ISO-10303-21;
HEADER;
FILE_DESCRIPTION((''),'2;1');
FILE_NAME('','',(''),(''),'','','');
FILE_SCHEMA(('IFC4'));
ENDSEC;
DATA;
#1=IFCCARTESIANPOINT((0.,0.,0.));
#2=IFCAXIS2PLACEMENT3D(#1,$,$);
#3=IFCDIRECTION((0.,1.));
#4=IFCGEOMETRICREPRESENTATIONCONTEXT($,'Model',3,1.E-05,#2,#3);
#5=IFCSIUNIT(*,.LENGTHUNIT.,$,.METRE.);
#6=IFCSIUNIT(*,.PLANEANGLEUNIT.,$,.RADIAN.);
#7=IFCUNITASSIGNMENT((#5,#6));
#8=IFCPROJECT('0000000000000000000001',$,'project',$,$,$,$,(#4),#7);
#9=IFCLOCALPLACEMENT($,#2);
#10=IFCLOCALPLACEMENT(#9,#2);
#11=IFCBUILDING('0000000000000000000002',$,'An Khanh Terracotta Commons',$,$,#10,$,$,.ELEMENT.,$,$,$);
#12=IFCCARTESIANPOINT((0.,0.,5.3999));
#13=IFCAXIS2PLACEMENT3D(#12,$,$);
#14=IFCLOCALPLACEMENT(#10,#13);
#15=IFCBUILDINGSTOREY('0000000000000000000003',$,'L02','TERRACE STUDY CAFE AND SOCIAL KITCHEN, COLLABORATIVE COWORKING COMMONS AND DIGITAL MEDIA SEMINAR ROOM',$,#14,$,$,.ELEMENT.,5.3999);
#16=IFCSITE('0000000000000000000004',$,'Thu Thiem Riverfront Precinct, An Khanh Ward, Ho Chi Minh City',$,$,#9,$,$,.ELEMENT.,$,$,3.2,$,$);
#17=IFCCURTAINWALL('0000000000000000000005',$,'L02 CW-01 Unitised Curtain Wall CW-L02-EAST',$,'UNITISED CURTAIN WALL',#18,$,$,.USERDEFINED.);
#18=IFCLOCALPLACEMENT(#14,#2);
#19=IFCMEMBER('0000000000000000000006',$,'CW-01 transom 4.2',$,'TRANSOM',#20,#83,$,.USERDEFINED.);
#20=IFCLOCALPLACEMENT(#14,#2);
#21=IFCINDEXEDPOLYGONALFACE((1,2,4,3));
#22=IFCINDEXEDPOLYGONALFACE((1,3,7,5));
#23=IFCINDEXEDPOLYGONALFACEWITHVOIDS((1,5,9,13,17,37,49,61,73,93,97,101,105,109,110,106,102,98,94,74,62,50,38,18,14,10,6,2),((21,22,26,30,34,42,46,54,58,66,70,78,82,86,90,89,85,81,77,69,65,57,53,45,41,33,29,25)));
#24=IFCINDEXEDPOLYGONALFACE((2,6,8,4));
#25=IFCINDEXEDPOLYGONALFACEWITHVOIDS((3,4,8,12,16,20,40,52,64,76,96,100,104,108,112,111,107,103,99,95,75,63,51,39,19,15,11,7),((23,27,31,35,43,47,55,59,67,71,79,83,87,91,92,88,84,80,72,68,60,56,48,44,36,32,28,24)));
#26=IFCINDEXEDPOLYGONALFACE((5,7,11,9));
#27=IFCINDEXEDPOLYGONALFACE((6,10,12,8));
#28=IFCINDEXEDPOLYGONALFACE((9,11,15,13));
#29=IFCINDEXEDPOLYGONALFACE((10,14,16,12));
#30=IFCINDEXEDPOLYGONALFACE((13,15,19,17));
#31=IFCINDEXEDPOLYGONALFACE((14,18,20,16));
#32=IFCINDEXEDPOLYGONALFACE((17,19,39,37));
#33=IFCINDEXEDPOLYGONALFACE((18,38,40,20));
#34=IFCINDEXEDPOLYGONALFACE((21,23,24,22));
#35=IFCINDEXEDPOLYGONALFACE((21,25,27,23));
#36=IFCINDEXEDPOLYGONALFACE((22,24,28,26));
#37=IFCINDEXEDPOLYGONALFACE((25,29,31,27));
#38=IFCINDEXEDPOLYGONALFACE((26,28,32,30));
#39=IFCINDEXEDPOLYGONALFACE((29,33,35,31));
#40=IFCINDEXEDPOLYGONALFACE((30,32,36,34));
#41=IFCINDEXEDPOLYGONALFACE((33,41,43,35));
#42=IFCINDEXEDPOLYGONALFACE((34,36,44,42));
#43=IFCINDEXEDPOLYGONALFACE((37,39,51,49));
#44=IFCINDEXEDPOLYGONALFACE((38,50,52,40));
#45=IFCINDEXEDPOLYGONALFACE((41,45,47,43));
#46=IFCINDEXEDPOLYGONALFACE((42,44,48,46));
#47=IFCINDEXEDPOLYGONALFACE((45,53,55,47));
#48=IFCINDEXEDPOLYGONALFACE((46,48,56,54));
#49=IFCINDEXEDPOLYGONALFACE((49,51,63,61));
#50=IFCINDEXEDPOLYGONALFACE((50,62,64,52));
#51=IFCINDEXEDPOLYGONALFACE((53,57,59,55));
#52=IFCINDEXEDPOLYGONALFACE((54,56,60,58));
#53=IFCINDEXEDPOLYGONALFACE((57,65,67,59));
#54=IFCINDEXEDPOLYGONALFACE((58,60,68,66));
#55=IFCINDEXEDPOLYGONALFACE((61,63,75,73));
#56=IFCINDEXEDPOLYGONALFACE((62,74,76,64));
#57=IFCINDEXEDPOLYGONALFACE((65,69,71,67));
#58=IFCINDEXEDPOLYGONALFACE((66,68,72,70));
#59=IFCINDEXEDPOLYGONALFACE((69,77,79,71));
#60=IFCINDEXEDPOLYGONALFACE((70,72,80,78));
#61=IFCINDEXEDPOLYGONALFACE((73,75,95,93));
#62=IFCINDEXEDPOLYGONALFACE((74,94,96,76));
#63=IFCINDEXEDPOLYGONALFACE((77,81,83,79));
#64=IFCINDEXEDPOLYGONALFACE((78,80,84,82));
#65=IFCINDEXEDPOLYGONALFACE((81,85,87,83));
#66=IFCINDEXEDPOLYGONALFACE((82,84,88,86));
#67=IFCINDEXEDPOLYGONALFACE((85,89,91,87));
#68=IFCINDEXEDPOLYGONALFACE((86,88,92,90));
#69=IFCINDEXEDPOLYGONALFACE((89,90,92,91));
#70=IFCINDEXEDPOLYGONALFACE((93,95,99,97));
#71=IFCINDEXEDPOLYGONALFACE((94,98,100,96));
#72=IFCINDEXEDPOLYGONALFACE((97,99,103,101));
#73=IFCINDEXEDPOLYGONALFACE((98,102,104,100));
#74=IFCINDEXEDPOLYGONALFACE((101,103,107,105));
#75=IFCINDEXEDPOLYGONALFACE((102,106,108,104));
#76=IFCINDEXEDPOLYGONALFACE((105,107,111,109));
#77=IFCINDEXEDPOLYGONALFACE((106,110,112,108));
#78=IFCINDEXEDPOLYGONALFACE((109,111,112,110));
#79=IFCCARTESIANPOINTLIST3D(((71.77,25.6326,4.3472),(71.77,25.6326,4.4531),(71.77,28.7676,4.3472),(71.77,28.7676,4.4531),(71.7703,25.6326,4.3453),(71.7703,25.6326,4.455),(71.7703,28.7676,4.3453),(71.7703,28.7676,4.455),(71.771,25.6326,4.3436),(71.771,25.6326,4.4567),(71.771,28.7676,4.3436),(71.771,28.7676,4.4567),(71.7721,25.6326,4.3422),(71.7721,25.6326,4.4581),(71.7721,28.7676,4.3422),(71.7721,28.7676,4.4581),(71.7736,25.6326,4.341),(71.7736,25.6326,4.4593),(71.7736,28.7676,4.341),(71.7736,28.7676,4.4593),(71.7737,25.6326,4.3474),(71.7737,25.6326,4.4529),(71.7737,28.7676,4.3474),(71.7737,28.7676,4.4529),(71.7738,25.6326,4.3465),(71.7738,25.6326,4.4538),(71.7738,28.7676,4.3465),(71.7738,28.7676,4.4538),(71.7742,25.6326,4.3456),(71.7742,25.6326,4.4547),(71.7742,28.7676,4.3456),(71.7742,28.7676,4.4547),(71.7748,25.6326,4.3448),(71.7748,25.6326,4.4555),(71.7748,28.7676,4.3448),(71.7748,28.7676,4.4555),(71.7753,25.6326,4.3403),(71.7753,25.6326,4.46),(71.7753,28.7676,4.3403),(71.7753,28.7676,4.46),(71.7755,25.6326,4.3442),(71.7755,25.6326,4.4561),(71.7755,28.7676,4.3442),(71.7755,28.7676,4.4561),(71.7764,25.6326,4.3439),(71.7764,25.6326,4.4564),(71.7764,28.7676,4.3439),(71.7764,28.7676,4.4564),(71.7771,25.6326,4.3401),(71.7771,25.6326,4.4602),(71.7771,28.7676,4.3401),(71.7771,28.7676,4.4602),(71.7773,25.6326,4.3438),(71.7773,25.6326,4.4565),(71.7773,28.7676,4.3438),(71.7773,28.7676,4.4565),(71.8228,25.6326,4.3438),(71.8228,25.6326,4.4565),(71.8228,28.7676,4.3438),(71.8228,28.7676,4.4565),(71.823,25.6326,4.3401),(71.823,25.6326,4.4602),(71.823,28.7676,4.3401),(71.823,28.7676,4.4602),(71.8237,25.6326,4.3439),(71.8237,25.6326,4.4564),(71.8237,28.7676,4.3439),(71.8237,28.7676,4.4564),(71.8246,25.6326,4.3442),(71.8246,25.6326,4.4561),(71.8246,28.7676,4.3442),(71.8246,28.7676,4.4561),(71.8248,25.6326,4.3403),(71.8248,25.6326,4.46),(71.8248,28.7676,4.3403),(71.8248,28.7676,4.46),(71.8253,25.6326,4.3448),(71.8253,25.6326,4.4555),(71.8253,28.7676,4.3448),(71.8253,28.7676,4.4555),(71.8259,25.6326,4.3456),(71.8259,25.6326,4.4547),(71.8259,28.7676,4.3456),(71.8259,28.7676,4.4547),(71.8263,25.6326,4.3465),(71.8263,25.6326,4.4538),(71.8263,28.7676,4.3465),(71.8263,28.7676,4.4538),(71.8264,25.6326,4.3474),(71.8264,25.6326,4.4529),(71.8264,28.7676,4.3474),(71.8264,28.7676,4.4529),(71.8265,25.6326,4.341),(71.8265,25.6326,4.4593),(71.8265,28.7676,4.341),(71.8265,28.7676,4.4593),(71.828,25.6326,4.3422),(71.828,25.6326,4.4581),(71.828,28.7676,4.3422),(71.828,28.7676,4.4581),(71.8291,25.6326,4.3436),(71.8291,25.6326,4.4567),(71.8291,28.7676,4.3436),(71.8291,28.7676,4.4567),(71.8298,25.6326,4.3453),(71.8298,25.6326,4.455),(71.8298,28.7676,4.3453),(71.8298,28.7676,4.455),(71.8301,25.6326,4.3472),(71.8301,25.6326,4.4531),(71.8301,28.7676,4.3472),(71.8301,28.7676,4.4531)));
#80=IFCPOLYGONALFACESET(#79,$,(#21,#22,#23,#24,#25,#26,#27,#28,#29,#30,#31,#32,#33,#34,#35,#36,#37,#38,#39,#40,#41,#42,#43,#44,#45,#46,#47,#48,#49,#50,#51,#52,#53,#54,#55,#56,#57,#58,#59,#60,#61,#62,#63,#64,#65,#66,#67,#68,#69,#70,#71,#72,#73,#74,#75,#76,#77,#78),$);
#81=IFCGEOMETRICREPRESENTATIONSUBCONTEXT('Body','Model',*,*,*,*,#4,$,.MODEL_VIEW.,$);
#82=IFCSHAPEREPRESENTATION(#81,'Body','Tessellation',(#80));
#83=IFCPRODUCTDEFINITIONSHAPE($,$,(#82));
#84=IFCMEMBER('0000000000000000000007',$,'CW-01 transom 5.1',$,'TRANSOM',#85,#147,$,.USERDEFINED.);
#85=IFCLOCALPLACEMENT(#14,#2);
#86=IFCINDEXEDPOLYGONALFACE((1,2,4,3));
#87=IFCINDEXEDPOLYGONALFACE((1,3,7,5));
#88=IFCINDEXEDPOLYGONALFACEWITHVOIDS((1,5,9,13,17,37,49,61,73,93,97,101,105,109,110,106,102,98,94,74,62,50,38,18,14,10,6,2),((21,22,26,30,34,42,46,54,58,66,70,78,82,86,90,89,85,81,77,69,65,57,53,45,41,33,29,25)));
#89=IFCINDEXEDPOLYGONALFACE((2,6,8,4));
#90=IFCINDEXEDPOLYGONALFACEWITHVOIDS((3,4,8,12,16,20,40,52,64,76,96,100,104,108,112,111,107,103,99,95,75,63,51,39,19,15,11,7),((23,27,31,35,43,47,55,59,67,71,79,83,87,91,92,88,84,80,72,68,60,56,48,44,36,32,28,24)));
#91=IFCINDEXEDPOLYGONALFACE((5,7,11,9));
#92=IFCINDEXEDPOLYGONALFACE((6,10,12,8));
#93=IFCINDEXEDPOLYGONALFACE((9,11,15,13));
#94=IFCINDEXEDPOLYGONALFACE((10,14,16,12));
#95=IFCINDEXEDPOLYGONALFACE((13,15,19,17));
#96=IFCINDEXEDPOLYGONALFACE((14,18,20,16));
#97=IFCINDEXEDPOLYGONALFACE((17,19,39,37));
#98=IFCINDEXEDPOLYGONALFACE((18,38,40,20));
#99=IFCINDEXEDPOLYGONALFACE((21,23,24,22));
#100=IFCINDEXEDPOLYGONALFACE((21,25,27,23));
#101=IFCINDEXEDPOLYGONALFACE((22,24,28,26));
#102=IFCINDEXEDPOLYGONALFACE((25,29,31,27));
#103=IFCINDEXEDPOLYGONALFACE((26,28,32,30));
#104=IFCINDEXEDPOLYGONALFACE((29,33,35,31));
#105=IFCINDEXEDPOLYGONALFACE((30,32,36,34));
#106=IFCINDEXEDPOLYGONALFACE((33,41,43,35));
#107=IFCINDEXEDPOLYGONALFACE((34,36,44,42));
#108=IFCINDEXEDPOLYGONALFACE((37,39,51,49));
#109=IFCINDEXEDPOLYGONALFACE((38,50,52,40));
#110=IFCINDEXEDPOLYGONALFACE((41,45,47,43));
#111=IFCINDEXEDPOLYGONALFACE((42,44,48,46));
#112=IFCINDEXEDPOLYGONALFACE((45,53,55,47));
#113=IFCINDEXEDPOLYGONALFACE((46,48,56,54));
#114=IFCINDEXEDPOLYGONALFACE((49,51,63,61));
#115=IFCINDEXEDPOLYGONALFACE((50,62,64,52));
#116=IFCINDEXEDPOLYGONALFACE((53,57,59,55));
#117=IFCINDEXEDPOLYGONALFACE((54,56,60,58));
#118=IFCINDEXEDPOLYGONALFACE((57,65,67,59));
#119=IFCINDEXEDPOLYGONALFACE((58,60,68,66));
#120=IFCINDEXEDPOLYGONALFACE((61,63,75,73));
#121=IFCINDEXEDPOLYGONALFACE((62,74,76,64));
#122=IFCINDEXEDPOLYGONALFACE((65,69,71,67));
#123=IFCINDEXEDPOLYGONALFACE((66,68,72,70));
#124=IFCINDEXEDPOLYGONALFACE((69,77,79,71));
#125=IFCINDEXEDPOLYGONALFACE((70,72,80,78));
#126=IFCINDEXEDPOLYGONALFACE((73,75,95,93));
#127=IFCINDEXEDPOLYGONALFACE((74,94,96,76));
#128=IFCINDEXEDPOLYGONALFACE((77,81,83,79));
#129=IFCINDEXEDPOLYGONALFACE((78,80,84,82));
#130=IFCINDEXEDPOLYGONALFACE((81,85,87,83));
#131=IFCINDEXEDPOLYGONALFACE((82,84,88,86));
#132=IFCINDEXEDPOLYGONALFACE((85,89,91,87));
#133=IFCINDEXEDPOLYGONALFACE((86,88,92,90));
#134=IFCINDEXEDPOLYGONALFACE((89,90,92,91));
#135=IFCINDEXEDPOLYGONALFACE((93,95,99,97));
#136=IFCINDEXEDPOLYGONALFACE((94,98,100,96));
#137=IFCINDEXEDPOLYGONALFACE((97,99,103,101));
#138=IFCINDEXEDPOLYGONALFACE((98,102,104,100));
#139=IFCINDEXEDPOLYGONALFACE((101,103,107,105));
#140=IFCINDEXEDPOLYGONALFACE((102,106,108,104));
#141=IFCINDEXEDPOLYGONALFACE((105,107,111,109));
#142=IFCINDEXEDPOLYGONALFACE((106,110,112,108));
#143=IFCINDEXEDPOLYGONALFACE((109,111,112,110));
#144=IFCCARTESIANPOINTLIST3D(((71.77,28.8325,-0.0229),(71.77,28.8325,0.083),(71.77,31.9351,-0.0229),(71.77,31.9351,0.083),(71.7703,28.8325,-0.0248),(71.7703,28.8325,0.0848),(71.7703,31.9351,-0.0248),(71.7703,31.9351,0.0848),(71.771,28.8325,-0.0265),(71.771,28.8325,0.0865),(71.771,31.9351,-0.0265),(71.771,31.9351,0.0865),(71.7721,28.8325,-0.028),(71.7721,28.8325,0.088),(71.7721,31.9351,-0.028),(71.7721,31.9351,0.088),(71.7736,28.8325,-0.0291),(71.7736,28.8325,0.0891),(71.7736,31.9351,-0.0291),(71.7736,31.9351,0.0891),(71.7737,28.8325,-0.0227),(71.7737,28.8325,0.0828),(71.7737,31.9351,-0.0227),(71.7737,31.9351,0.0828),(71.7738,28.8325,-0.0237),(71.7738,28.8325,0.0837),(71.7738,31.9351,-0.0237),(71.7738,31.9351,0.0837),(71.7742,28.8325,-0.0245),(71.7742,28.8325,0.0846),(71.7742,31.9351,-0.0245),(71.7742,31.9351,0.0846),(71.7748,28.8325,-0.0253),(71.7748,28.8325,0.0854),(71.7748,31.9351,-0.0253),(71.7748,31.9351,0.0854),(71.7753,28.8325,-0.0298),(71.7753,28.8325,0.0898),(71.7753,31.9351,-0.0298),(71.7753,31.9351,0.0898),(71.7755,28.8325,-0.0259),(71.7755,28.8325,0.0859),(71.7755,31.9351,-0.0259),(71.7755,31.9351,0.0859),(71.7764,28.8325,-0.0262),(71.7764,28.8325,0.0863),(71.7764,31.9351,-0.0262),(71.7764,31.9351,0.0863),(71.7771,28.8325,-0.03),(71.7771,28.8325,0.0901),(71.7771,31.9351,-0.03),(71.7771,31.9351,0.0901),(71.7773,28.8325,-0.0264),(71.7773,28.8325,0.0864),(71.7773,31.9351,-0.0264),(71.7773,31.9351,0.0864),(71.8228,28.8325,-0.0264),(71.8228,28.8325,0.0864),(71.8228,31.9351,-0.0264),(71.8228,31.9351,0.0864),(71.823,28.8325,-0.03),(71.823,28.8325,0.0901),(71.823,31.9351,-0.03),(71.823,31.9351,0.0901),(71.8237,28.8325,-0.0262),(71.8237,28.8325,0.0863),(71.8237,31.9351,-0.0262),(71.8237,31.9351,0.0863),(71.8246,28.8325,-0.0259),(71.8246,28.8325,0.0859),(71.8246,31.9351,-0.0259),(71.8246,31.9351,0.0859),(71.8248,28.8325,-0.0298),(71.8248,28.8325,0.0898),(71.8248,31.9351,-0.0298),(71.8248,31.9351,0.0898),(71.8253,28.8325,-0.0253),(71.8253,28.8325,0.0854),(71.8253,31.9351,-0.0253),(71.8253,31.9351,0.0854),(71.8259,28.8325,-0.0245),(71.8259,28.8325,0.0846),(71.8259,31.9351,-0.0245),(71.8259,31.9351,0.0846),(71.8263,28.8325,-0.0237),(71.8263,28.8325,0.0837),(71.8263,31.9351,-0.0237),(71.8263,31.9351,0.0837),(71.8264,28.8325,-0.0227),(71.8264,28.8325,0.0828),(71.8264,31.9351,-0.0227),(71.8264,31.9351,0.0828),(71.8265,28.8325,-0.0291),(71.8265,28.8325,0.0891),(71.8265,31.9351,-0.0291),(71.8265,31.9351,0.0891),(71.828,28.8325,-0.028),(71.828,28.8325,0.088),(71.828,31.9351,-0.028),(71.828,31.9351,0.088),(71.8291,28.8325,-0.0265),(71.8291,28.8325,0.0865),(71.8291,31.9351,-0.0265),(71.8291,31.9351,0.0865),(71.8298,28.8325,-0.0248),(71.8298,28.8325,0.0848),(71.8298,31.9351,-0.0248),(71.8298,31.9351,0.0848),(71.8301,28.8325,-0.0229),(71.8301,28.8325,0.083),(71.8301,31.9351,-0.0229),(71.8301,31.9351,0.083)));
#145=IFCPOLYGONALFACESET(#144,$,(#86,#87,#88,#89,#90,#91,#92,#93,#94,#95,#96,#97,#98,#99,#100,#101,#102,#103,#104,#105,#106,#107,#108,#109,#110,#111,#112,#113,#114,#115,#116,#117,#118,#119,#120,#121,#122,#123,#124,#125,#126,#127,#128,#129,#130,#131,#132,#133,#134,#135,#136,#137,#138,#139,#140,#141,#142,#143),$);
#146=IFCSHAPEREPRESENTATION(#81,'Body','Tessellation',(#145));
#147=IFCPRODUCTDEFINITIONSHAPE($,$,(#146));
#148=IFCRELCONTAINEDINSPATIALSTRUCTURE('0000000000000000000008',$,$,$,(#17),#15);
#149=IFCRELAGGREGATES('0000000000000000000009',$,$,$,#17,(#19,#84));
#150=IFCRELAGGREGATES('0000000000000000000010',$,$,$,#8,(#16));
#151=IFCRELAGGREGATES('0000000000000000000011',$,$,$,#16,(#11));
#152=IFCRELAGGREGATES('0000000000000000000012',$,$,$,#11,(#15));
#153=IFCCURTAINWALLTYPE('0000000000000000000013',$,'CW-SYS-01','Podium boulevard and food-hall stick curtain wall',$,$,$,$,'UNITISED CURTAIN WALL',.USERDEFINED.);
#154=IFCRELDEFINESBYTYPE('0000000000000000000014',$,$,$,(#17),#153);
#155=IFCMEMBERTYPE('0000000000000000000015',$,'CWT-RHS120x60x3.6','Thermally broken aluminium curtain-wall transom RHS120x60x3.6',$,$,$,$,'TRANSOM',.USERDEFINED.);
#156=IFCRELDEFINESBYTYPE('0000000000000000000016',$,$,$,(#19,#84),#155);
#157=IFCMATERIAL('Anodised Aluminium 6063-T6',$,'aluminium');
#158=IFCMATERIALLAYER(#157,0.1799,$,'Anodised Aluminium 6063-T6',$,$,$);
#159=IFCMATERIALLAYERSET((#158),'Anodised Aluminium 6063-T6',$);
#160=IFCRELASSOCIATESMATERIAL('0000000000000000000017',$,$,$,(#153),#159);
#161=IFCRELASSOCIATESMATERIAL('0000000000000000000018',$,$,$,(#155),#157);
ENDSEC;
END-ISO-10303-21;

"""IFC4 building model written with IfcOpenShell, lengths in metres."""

from ifc_helpers import new_model, si_unit, direction, frame, origin, origin_2d, place, context, subcontext, project, spatial, hollow_rectangle, extrude, material, layer, layer_set, material_profile, profile_set, type_object, element, aggregate, save


model = new_model("IFC4")

# Units and contexts
model_context = context("Model", 3, precision=1e-05, world=origin(), true_north=direction((0.0, 1.0)))
body_context = subcontext(model_context, "Body", "Model", "MODEL_VIEW")
ifc_project = project(units=[si_unit("LENGTHUNIT", "METRE"), si_unit("PLANEANGLEUNIT", "RADIAN")], contexts=[model_context])

# Site, building, storey
site_placement = place(None, origin())
site = spatial("IfcSite", under=ifc_project, at=site_placement, Name="Thu Thiem Riverfront Precinct, An Khanh Ward, Ho Chi Minh City", CompositionType="ELEMENT", RefElevation=3.2)
building_placement = place(site_placement, origin())
building = spatial("IfcBuilding", under=site, at=building_placement, Name="An Khanh Terracotta Commons", CompositionType="ELEMENT")
storey_placement = place(building_placement, frame((0.0, 0.0, 5.3999)))
storey = spatial("IfcBuildingStorey", under=building, at=storey_placement, Name="L02", Description="TERRACE STUDY CAFE AND SOCIAL KITCHEN, COLLABORATIVE COWORKING COMMONS AND DIGITAL MEDIA SEMINAR ROOM", CompositionType="ELEMENT", Elevation=5.3999)

# Curtain wall, members
ifc_material_1 = material(Name="Anodised Aluminium 6063-T6", Category="aluminium")
ifc_layer_1 = layer(ifc_material_1, 0.1799, Name="Anodised Aluminium 6063-T6")
ifc_layer_set_1 = layer_set([ifc_layer_1], Name="Anodised Aluminium 6063-T6")
curtain_wall_type = type_object("IfcCurtainWallType", Name="CW-SYS-01", Description="Podium boulevard and food-hall stick curtain wall", ElementType="UNITISED CURTAIN WALL", PredefinedType="USERDEFINED", material=ifc_layer_set_1)
curtain_wall_placement = place(storey_placement, origin())
curtain_wall = element("IfcCurtainWall", 1, at=curtain_wall_placement, inside=storey, type_object=curtain_wall_type, Name="L02 CW-01 Unitised Curtain Wall CW-L02-EAST", ObjectType="UNITISED CURTAIN WALL", PredefinedType="USERDEFINED")
ifc_material_profile_1 = material_profile(ifc_material_1, hollow_rectangle(XDim=0.0601, YDim=0.1201, WallThickness=0.0037, InnerFilletRadius=0.0037, OuterFilletRadius=0.0071, at=origin_2d()), Name="RHS120x60x3.6")
ifc_profile_set_1 = profile_set([ifc_material_profile_1], Name="Anodised Aluminium 6063-T6")
member_type_1 = type_object("IfcMemberType", Name="CWT-RHS120x60x3.6", Description="Thermally broken aluminium curtain-wall transom RHS120x60x3.6", ElementType="TRANSOM", PredefinedType="USERDEFINED", material=ifc_profile_set_1)
member_1_placement = place(storey_placement, frame((71.8, 25.6326, 4.4001), z_axis=(0.0, 1.0, 0.0), x_axis=(-1.0, 0.0, 0.0)))
member_1 = element("IfcMember", 2, at=member_1_placement, type_object=member_type_1, Name="CW-01 transom 4.2", ObjectType="TRANSOM", PredefinedType="USERDEFINED", context=body_context, shape_type="SweptSolid", body=[
    extrude(hollow_rectangle(XDim=0.0601, YDim=0.1201, WallThickness=0.0037, InnerFilletRadius=0.0037, OuterFilletRadius=0.0071, at=origin_2d()), origin(), (0.0, 0.0, 1.0), 3.135),
])
member_2_placement = place(storey_placement, frame((71.8, 28.8325, 0.03), z_axis=(0.0, 1.0, 0.0), x_axis=(-1.0, 0.0, 0.0)))
member_2 = element("IfcMember", 3, at=member_2_placement, type_object=member_type_1, Name="CW-01 transom 5.1", ObjectType="TRANSOM", PredefinedType="USERDEFINED", context=body_context, shape_type="SweptSolid", body=[
    extrude(hollow_rectangle(XDim=0.0601, YDim=0.1201, WallThickness=0.0037, InnerFilletRadius=0.0037, OuterFilletRadius=0.0071, at=origin_2d()), origin(), (0.0, 0.0, 1.0), 3.1025),
])
aggregate(curtain_wall, [member_1, member_2])

save(model, "model.ifc")
